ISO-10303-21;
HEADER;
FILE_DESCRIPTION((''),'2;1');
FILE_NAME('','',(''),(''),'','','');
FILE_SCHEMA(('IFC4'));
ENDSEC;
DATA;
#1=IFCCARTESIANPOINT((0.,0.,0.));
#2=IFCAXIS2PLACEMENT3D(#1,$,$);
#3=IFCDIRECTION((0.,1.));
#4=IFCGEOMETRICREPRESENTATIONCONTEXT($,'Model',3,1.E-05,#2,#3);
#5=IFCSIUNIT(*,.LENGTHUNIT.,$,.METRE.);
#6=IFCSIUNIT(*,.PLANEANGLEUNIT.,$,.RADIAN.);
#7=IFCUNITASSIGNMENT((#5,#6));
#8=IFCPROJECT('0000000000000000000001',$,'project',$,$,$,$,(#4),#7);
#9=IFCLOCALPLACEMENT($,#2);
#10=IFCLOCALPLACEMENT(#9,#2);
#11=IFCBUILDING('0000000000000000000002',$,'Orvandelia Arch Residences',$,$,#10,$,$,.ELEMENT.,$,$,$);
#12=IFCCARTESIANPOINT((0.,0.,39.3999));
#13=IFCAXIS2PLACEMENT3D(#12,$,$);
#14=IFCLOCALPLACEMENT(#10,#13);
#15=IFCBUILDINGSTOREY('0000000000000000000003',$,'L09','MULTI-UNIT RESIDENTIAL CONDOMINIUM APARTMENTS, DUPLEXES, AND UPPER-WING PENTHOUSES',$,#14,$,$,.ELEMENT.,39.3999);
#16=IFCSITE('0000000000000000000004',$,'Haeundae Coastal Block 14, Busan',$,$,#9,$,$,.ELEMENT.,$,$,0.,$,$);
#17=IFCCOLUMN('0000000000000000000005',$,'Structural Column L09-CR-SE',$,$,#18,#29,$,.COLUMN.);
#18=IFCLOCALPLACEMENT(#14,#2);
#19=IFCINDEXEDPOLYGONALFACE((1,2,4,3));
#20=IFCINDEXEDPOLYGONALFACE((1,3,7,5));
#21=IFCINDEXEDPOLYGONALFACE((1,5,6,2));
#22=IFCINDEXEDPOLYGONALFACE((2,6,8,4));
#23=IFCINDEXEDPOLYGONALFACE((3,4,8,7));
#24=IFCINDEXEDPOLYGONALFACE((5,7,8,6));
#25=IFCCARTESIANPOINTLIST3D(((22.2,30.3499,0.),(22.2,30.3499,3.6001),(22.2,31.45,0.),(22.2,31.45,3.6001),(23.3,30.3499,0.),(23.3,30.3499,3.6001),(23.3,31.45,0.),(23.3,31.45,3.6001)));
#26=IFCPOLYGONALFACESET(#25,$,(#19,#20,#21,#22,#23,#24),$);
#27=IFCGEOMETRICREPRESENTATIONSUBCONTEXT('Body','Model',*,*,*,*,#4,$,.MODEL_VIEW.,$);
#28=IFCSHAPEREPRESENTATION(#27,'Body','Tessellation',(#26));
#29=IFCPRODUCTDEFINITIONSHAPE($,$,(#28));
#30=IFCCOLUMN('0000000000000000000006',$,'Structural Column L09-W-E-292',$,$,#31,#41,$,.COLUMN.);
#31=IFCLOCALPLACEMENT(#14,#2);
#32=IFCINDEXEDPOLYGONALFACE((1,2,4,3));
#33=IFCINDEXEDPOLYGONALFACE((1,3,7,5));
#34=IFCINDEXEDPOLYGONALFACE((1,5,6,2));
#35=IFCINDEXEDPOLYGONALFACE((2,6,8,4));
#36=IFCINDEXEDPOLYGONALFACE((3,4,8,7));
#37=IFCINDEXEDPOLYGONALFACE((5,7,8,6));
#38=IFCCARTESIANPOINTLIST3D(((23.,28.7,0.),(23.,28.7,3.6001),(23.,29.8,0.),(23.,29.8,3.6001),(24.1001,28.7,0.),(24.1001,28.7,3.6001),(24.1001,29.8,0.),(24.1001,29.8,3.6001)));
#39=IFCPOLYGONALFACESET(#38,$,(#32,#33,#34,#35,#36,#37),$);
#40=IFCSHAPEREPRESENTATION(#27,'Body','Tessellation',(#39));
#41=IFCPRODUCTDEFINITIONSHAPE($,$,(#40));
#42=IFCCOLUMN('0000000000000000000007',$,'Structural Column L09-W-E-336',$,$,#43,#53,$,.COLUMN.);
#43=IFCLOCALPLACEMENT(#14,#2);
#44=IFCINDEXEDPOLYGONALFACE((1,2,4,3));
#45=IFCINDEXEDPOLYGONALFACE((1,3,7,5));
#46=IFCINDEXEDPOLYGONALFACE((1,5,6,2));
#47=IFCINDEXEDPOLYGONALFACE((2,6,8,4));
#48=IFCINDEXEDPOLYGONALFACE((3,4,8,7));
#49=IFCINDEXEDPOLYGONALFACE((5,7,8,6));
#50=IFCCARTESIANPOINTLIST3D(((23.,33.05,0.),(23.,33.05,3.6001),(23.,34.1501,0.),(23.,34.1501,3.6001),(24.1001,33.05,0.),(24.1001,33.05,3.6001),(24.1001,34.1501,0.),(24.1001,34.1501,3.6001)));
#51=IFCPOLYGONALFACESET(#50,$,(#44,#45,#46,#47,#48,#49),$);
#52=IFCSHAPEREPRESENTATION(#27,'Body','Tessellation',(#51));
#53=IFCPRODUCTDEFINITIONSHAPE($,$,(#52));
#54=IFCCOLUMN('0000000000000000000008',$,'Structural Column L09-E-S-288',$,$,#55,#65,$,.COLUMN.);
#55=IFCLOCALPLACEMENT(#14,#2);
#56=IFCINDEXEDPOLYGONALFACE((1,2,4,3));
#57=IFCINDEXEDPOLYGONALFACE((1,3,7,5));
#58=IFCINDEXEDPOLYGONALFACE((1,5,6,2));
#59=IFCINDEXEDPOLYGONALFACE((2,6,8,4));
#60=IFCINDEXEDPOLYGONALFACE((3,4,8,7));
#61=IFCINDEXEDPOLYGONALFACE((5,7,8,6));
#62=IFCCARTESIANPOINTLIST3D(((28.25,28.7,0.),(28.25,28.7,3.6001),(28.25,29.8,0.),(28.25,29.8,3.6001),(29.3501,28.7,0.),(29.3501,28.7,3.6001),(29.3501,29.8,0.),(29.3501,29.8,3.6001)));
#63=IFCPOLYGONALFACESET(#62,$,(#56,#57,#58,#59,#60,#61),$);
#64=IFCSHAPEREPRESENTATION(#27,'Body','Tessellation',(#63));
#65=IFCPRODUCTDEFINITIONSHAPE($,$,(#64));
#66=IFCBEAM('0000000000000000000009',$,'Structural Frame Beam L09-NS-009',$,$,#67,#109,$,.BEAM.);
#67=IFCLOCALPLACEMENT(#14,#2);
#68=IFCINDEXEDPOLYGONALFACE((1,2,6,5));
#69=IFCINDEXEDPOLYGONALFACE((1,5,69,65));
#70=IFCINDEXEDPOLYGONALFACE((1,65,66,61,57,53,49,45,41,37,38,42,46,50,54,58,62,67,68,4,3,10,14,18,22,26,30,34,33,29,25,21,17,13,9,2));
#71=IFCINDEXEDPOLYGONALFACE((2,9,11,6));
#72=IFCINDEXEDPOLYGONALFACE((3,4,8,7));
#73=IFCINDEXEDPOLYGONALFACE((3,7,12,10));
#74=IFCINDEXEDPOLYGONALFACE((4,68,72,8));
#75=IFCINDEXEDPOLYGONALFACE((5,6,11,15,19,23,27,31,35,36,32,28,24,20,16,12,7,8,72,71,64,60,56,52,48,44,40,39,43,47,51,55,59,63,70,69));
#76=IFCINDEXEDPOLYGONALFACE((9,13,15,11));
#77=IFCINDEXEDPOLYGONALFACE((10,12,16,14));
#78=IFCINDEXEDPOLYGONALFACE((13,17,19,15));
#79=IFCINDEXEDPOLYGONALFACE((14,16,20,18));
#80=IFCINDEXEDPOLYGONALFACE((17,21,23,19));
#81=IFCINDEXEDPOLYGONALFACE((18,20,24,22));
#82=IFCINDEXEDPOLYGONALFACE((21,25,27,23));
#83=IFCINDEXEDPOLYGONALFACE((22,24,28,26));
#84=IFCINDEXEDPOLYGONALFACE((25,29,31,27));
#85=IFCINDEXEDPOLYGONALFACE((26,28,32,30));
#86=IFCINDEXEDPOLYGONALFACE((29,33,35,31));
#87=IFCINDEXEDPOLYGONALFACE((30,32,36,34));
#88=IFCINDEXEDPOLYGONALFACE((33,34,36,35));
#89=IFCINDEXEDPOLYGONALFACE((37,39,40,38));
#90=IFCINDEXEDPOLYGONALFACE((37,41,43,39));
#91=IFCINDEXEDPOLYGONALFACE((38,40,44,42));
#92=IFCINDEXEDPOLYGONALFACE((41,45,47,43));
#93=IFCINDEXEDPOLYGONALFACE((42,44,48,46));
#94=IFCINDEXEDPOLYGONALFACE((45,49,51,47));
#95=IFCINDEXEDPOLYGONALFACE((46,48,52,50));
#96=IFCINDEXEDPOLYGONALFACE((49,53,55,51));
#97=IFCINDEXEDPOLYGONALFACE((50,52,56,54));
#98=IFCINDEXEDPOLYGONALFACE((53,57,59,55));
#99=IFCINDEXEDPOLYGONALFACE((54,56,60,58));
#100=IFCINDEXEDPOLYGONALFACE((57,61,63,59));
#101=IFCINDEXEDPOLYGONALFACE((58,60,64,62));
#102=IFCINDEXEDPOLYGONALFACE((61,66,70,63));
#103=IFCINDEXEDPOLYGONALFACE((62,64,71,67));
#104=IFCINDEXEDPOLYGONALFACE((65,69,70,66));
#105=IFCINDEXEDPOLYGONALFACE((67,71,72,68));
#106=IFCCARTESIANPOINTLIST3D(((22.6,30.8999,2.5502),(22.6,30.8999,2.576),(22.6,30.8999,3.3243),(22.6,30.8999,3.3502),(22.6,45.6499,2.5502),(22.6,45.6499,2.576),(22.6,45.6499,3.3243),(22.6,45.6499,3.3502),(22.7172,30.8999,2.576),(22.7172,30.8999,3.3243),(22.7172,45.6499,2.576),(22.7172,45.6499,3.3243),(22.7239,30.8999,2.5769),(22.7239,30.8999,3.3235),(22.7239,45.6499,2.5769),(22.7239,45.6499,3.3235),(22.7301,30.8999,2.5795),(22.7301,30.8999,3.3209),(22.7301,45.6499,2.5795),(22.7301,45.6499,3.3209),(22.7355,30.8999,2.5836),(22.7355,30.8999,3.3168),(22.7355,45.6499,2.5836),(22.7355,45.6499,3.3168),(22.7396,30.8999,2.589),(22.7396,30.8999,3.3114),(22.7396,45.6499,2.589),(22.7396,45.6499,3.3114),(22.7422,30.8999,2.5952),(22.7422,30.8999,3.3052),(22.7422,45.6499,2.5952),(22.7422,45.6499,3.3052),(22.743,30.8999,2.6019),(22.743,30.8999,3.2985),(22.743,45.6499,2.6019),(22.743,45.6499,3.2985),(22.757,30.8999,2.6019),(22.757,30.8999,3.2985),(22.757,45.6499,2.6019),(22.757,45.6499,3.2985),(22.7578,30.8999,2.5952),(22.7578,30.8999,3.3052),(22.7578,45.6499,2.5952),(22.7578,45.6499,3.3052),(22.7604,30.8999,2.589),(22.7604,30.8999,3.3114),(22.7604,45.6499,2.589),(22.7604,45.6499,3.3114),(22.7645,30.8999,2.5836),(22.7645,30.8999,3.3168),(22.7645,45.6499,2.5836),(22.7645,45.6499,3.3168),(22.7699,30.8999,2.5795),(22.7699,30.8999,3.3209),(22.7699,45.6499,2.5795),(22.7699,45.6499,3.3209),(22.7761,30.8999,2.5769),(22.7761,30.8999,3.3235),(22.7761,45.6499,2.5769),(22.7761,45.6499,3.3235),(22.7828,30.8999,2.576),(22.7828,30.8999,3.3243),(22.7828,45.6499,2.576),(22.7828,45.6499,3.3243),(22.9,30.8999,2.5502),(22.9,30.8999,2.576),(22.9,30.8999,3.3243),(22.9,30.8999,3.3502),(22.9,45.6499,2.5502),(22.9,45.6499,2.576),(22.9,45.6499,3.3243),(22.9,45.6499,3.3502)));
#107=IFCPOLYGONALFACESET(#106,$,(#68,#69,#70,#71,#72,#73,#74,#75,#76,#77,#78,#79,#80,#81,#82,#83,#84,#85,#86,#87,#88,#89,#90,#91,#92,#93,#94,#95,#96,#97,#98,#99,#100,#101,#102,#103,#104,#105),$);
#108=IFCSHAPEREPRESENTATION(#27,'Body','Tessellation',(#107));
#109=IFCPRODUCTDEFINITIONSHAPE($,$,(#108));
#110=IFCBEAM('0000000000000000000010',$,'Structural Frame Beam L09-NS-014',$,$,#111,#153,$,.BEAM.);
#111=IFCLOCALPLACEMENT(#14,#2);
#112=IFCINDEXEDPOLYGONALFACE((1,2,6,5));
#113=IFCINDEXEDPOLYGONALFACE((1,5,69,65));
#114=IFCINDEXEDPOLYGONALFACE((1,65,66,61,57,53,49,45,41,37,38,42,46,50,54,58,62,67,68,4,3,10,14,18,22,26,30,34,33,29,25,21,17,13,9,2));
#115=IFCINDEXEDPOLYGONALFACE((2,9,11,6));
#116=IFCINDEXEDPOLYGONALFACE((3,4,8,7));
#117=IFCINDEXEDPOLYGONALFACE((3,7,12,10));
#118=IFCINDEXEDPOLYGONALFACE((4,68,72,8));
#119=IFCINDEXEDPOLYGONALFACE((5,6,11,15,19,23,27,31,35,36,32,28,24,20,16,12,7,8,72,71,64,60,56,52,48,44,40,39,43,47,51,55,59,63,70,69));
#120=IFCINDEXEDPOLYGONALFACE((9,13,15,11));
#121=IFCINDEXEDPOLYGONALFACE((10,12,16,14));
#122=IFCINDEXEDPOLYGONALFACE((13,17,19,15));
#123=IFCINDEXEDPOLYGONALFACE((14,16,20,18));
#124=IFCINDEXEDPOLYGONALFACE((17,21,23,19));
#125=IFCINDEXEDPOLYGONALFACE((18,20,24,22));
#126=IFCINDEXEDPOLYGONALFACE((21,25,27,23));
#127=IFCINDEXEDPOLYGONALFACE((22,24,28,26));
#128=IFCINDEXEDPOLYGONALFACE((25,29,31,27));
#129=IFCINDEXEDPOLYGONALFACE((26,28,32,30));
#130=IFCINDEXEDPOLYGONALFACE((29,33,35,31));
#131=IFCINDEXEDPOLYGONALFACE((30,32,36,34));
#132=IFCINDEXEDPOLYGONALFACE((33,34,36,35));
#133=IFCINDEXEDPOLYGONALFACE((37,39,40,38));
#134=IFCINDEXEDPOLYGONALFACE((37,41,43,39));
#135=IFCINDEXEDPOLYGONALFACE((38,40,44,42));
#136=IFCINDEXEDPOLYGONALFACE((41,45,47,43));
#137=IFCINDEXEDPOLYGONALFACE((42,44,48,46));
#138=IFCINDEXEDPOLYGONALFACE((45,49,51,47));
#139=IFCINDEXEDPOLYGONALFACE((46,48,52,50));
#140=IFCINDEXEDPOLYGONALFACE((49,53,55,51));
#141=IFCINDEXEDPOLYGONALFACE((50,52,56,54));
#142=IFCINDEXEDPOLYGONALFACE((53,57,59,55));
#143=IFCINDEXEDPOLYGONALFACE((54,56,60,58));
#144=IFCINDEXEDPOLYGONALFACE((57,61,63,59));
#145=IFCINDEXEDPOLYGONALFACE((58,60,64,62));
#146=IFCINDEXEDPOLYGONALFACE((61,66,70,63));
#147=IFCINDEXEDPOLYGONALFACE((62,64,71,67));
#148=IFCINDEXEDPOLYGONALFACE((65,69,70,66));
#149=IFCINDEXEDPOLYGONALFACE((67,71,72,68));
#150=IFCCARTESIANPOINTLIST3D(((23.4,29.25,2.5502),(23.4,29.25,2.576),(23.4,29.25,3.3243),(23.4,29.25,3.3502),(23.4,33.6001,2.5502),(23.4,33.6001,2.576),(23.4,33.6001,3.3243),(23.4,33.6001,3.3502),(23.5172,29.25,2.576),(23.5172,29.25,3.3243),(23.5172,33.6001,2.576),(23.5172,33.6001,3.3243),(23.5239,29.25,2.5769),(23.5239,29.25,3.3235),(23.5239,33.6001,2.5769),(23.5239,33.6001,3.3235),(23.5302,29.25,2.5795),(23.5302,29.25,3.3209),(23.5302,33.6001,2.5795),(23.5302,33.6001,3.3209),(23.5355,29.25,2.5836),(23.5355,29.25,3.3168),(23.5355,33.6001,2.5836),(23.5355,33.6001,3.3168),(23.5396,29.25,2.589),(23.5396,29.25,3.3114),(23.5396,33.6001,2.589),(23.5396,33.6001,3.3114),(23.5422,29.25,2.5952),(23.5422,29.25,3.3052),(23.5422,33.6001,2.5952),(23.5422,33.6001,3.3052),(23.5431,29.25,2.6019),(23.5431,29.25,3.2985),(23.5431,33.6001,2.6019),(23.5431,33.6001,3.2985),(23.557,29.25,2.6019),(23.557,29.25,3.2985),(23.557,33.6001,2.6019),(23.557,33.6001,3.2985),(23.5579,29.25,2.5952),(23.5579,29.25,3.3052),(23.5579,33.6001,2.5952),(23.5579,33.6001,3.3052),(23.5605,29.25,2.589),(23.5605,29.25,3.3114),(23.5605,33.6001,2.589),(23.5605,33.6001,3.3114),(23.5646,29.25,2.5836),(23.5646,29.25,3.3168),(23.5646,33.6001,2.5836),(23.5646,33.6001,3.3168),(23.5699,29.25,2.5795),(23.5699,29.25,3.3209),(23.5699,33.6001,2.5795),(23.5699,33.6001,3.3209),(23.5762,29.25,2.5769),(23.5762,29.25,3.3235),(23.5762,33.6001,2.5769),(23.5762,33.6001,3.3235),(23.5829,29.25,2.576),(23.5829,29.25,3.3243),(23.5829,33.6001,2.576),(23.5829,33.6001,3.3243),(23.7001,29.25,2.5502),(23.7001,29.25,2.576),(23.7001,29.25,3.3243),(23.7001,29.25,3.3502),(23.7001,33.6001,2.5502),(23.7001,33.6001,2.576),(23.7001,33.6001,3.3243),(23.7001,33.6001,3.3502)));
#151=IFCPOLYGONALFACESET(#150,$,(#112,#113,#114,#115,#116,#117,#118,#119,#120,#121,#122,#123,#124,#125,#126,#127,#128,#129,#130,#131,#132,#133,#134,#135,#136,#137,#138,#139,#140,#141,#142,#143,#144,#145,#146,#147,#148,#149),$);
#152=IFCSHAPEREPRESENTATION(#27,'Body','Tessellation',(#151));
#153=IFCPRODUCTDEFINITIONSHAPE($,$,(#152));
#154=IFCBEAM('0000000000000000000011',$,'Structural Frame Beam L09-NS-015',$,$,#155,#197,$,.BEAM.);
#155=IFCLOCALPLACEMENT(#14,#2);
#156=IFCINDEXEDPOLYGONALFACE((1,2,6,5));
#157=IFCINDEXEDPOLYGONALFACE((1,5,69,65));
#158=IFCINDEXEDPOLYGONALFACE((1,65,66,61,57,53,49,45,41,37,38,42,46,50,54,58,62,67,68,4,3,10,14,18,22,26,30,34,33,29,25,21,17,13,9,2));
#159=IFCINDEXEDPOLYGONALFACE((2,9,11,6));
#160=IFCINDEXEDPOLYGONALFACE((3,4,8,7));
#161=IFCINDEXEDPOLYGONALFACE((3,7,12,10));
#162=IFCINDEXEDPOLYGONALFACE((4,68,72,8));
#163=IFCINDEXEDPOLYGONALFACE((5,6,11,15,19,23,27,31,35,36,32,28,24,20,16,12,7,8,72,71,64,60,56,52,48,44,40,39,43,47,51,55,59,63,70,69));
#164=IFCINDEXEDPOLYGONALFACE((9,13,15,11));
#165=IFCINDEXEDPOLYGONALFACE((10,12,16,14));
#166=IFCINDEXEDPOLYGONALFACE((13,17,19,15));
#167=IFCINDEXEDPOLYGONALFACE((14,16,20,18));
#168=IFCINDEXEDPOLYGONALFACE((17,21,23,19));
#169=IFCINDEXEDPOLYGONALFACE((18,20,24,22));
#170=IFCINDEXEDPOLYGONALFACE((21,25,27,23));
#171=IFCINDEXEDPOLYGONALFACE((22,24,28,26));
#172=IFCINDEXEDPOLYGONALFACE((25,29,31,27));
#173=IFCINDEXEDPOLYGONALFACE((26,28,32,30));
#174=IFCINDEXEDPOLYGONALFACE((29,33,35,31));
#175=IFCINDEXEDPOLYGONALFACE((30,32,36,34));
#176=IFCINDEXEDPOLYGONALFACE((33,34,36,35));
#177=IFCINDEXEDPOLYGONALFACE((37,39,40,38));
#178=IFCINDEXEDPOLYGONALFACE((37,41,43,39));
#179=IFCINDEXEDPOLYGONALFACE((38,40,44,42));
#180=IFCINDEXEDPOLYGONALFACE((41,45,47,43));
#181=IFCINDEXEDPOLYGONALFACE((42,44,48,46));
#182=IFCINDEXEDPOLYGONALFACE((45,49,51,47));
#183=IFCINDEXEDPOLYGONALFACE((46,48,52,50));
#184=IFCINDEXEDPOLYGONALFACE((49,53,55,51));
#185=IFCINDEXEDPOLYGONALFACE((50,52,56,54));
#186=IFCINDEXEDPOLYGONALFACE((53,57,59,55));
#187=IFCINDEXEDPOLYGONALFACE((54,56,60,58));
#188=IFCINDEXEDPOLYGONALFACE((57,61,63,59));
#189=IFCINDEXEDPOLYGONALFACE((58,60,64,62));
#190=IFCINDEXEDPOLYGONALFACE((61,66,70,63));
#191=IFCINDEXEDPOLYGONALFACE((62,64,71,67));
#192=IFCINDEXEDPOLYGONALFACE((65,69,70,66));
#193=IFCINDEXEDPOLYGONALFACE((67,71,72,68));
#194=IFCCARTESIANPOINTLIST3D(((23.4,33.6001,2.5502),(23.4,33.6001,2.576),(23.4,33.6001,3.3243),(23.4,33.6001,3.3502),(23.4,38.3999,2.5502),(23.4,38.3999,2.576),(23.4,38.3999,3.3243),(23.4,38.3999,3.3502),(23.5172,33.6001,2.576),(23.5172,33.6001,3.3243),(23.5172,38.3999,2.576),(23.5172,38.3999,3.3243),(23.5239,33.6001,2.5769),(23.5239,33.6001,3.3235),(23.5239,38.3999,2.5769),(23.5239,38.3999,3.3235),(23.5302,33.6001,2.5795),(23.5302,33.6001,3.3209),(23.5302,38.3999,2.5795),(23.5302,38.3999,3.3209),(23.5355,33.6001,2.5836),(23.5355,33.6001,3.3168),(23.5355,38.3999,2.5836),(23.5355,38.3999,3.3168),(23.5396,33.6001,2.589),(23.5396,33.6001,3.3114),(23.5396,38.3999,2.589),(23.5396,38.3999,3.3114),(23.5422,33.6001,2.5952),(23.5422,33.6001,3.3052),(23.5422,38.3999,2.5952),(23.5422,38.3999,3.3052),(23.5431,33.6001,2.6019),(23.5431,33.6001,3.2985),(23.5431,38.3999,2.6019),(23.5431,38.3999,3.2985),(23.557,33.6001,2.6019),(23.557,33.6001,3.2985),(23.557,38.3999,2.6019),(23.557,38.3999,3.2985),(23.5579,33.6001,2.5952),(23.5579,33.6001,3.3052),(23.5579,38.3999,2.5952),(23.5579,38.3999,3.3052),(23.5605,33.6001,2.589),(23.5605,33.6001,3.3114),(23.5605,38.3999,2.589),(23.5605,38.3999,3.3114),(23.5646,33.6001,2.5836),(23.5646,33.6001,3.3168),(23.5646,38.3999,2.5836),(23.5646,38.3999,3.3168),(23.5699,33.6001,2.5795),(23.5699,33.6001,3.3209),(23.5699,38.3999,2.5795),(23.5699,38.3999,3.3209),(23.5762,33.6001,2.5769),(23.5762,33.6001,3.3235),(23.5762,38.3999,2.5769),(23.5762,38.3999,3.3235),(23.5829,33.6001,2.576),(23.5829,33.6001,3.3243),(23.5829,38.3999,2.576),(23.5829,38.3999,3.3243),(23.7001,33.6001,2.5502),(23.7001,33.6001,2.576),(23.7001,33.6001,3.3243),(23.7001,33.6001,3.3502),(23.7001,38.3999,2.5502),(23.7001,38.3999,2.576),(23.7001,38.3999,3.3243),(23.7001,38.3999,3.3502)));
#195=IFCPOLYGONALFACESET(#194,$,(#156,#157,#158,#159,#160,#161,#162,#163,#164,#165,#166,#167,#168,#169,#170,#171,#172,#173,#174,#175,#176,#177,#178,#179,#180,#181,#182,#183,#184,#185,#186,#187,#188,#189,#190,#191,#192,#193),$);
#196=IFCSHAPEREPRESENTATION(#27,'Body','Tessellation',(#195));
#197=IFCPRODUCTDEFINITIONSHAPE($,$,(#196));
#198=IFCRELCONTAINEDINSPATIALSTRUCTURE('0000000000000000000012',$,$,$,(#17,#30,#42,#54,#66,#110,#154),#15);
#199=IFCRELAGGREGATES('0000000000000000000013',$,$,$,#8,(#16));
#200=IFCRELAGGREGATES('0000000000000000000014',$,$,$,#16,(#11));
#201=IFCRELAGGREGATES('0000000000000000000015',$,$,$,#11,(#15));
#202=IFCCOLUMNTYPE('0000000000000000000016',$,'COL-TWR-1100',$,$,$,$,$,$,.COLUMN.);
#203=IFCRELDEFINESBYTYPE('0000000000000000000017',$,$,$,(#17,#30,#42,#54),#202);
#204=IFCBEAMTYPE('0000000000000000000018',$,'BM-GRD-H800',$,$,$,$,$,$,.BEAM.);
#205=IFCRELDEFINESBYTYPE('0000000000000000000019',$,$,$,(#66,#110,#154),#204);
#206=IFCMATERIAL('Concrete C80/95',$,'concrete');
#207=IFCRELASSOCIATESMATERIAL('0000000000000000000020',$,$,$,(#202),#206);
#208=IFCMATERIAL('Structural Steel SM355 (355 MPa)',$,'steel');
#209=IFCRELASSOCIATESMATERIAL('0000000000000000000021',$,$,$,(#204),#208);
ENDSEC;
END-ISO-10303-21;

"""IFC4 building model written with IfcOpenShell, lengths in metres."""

from ifc_helpers import new_model, si_unit, direction, frame, origin, origin_2d, place, context, subcontext, project, spatial, rectangle, i_section, extrude, material, material_profile, profile_set, type_object, element, save


model = new_model("IFC4")

# Units and contexts
model_context = context("Model", 3, precision=1e-05, world=origin(), true_north=direction((0.0, 1.0)))
body_context = subcontext(model_context, "Body", "Model", "MODEL_VIEW")
ifc_project = project(units=[si_unit("LENGTHUNIT", "METRE"), si_unit("PLANEANGLEUNIT", "RADIAN")], contexts=[model_context])

# Site, building, storey
site_placement = place(None, origin())
site = spatial("IfcSite", under=ifc_project, at=site_placement, Name="Haeundae Coastal Block 14, Busan", CompositionType="ELEMENT", RefElevation=0.0)
building_placement = place(site_placement, origin())
building = spatial("IfcBuilding", under=site, at=building_placement, Name="Orvandelia Arch Residences", CompositionType="ELEMENT")
storey_placement = place(building_placement, frame((0.0, 0.0, 39.3999)))
storey = spatial("IfcBuildingStorey", under=building, at=storey_placement, Name="L09", Description="MULTI-UNIT RESIDENTIAL CONDOMINIUM APARTMENTS, DUPLEXES, AND UPPER-WING PENTHOUSES", CompositionType="ELEMENT", Elevation=39.3999)

# Columns
ifc_material_1 = material(Name="Concrete C80/95", Category="concrete")
ifc_material_profile_1 = material_profile(ifc_material_1, rectangle(XDim=1.1001, YDim=1.1001, at=origin_2d()), Name="Concrete C80/95", Category="concrete")
ifc_profile_set_1 = profile_set([ifc_material_profile_1], Name="Concrete C80/95")
column_type = type_object("IfcColumnType", Name="COL-TWR-1100", PredefinedType="COLUMN", material=ifc_profile_set_1)
for number, where, z_axis, x_axis, name in (
    (1, (22.75, 30.8999, 0.0), (0.0, 0.0, 1.0), (1.0, 0.0, 0.0), "Structural Column L09-CR-SE"),
    (2, (23.55, 29.25, 0.0), (0.0, 0.0, 1.0), (1.0, 0.0, 0.0), "Structural Column L09-W-E-292"),
    (3, (23.55, 33.6001, 0.0), (0.0, 0.0, 1.0), (1.0, 0.0, 0.0), "Structural Column L09-W-E-336"),
    (4, (28.8, 29.25, 0.0), (0.0, 0.0, 1.0), (1.0, 0.0, 0.0), "Structural Column L09-E-S-288"),
):
    element("IfcColumn", number, at=place(storey_placement, frame(where, z_axis=z_axis, x_axis=x_axis)), inside=storey, type_object=column_type, Name=name, PredefinedType="COLUMN", context=body_context, shape_type="SweptSolid", body=[
        extrude(rectangle(XDim=1.1001, YDim=1.1001, at=origin_2d()), origin(), (0.0, 0.0, 1.0), 3.6001),
    ])

# Beams
ifc_material_2 = material(Name="Structural Steel SM355 (355 MPa)", Category="steel")
ifc_material_profile_2 = material_profile(ifc_material_2, i_section(OverallWidth=0.3, OverallDepth=0.8, WebThickness=0.0139, FlangeThickness=0.0259, FilletRadius=0.0259, at=origin_2d()), Name="Structural Steel SM355 (355 MPa)", Category="steel")
ifc_profile_set_2 = profile_set([ifc_material_profile_2], Name="Structural Steel SM355 (355 MPa)")
beam_type = type_object("IfcBeamType", Name="BM-GRD-H800", PredefinedType="BEAM", material=ifc_profile_set_2)
beam_1_placement = place(storey_placement, frame((22.75, 30.8999, 2.9502), z_axis=(0.0, 1.0, 0.0), x_axis=(-1.0, 0.0, 0.0)))
element("IfcBeam", 5, at=beam_1_placement, inside=storey, type_object=beam_type, Name="Structural Frame Beam L09-NS-009", PredefinedType="BEAM", context=body_context, shape_type="SweptSolid", body=[
    extrude(i_section(OverallWidth=0.3, OverallDepth=0.8, WebThickness=0.0139, FlangeThickness=0.0259, FilletRadius=0.0259, at=origin_2d()), origin(), (0.0, 0.0, 1.0), 14.75),
])
beam_2_placement = place(storey_placement, frame((23.55, 29.25, 2.9502), z_axis=(0.0, 1.0, 0.0), x_axis=(-1.0, 0.0, 0.0)))
element("IfcBeam", 6, at=beam_2_placement, inside=storey, type_object=beam_type, Name="Structural Frame Beam L09-NS-014", PredefinedType="BEAM", context=body_context, shape_type="SweptSolid", body=[
    extrude(i_section(OverallWidth=0.3, OverallDepth=0.8, WebThickness=0.0139, FlangeThickness=0.0259, FilletRadius=0.0259, at=origin_2d()), origin(), (0.0, 0.0, 1.0), 4.3501),
])
beam_3_placement = place(storey_placement, frame((23.55, 33.6001, 2.9502), z_axis=(0.0, 1.0, 0.0), x_axis=(-1.0, 0.0, 0.0)))
element("IfcBeam", 7, at=beam_3_placement, inside=storey, type_object=beam_type, Name="Structural Frame Beam L09-NS-015", PredefinedType="BEAM", context=body_context, shape_type="SweptSolid", body=[
    extrude(i_section(OverallWidth=0.3, OverallDepth=0.8, WebThickness=0.0139, FlangeThickness=0.0259, FilletRadius=0.0259, at=origin_2d()), origin(), (0.0, 0.0, 1.0), 4.7998),
])

save(model, "model.ifc")
